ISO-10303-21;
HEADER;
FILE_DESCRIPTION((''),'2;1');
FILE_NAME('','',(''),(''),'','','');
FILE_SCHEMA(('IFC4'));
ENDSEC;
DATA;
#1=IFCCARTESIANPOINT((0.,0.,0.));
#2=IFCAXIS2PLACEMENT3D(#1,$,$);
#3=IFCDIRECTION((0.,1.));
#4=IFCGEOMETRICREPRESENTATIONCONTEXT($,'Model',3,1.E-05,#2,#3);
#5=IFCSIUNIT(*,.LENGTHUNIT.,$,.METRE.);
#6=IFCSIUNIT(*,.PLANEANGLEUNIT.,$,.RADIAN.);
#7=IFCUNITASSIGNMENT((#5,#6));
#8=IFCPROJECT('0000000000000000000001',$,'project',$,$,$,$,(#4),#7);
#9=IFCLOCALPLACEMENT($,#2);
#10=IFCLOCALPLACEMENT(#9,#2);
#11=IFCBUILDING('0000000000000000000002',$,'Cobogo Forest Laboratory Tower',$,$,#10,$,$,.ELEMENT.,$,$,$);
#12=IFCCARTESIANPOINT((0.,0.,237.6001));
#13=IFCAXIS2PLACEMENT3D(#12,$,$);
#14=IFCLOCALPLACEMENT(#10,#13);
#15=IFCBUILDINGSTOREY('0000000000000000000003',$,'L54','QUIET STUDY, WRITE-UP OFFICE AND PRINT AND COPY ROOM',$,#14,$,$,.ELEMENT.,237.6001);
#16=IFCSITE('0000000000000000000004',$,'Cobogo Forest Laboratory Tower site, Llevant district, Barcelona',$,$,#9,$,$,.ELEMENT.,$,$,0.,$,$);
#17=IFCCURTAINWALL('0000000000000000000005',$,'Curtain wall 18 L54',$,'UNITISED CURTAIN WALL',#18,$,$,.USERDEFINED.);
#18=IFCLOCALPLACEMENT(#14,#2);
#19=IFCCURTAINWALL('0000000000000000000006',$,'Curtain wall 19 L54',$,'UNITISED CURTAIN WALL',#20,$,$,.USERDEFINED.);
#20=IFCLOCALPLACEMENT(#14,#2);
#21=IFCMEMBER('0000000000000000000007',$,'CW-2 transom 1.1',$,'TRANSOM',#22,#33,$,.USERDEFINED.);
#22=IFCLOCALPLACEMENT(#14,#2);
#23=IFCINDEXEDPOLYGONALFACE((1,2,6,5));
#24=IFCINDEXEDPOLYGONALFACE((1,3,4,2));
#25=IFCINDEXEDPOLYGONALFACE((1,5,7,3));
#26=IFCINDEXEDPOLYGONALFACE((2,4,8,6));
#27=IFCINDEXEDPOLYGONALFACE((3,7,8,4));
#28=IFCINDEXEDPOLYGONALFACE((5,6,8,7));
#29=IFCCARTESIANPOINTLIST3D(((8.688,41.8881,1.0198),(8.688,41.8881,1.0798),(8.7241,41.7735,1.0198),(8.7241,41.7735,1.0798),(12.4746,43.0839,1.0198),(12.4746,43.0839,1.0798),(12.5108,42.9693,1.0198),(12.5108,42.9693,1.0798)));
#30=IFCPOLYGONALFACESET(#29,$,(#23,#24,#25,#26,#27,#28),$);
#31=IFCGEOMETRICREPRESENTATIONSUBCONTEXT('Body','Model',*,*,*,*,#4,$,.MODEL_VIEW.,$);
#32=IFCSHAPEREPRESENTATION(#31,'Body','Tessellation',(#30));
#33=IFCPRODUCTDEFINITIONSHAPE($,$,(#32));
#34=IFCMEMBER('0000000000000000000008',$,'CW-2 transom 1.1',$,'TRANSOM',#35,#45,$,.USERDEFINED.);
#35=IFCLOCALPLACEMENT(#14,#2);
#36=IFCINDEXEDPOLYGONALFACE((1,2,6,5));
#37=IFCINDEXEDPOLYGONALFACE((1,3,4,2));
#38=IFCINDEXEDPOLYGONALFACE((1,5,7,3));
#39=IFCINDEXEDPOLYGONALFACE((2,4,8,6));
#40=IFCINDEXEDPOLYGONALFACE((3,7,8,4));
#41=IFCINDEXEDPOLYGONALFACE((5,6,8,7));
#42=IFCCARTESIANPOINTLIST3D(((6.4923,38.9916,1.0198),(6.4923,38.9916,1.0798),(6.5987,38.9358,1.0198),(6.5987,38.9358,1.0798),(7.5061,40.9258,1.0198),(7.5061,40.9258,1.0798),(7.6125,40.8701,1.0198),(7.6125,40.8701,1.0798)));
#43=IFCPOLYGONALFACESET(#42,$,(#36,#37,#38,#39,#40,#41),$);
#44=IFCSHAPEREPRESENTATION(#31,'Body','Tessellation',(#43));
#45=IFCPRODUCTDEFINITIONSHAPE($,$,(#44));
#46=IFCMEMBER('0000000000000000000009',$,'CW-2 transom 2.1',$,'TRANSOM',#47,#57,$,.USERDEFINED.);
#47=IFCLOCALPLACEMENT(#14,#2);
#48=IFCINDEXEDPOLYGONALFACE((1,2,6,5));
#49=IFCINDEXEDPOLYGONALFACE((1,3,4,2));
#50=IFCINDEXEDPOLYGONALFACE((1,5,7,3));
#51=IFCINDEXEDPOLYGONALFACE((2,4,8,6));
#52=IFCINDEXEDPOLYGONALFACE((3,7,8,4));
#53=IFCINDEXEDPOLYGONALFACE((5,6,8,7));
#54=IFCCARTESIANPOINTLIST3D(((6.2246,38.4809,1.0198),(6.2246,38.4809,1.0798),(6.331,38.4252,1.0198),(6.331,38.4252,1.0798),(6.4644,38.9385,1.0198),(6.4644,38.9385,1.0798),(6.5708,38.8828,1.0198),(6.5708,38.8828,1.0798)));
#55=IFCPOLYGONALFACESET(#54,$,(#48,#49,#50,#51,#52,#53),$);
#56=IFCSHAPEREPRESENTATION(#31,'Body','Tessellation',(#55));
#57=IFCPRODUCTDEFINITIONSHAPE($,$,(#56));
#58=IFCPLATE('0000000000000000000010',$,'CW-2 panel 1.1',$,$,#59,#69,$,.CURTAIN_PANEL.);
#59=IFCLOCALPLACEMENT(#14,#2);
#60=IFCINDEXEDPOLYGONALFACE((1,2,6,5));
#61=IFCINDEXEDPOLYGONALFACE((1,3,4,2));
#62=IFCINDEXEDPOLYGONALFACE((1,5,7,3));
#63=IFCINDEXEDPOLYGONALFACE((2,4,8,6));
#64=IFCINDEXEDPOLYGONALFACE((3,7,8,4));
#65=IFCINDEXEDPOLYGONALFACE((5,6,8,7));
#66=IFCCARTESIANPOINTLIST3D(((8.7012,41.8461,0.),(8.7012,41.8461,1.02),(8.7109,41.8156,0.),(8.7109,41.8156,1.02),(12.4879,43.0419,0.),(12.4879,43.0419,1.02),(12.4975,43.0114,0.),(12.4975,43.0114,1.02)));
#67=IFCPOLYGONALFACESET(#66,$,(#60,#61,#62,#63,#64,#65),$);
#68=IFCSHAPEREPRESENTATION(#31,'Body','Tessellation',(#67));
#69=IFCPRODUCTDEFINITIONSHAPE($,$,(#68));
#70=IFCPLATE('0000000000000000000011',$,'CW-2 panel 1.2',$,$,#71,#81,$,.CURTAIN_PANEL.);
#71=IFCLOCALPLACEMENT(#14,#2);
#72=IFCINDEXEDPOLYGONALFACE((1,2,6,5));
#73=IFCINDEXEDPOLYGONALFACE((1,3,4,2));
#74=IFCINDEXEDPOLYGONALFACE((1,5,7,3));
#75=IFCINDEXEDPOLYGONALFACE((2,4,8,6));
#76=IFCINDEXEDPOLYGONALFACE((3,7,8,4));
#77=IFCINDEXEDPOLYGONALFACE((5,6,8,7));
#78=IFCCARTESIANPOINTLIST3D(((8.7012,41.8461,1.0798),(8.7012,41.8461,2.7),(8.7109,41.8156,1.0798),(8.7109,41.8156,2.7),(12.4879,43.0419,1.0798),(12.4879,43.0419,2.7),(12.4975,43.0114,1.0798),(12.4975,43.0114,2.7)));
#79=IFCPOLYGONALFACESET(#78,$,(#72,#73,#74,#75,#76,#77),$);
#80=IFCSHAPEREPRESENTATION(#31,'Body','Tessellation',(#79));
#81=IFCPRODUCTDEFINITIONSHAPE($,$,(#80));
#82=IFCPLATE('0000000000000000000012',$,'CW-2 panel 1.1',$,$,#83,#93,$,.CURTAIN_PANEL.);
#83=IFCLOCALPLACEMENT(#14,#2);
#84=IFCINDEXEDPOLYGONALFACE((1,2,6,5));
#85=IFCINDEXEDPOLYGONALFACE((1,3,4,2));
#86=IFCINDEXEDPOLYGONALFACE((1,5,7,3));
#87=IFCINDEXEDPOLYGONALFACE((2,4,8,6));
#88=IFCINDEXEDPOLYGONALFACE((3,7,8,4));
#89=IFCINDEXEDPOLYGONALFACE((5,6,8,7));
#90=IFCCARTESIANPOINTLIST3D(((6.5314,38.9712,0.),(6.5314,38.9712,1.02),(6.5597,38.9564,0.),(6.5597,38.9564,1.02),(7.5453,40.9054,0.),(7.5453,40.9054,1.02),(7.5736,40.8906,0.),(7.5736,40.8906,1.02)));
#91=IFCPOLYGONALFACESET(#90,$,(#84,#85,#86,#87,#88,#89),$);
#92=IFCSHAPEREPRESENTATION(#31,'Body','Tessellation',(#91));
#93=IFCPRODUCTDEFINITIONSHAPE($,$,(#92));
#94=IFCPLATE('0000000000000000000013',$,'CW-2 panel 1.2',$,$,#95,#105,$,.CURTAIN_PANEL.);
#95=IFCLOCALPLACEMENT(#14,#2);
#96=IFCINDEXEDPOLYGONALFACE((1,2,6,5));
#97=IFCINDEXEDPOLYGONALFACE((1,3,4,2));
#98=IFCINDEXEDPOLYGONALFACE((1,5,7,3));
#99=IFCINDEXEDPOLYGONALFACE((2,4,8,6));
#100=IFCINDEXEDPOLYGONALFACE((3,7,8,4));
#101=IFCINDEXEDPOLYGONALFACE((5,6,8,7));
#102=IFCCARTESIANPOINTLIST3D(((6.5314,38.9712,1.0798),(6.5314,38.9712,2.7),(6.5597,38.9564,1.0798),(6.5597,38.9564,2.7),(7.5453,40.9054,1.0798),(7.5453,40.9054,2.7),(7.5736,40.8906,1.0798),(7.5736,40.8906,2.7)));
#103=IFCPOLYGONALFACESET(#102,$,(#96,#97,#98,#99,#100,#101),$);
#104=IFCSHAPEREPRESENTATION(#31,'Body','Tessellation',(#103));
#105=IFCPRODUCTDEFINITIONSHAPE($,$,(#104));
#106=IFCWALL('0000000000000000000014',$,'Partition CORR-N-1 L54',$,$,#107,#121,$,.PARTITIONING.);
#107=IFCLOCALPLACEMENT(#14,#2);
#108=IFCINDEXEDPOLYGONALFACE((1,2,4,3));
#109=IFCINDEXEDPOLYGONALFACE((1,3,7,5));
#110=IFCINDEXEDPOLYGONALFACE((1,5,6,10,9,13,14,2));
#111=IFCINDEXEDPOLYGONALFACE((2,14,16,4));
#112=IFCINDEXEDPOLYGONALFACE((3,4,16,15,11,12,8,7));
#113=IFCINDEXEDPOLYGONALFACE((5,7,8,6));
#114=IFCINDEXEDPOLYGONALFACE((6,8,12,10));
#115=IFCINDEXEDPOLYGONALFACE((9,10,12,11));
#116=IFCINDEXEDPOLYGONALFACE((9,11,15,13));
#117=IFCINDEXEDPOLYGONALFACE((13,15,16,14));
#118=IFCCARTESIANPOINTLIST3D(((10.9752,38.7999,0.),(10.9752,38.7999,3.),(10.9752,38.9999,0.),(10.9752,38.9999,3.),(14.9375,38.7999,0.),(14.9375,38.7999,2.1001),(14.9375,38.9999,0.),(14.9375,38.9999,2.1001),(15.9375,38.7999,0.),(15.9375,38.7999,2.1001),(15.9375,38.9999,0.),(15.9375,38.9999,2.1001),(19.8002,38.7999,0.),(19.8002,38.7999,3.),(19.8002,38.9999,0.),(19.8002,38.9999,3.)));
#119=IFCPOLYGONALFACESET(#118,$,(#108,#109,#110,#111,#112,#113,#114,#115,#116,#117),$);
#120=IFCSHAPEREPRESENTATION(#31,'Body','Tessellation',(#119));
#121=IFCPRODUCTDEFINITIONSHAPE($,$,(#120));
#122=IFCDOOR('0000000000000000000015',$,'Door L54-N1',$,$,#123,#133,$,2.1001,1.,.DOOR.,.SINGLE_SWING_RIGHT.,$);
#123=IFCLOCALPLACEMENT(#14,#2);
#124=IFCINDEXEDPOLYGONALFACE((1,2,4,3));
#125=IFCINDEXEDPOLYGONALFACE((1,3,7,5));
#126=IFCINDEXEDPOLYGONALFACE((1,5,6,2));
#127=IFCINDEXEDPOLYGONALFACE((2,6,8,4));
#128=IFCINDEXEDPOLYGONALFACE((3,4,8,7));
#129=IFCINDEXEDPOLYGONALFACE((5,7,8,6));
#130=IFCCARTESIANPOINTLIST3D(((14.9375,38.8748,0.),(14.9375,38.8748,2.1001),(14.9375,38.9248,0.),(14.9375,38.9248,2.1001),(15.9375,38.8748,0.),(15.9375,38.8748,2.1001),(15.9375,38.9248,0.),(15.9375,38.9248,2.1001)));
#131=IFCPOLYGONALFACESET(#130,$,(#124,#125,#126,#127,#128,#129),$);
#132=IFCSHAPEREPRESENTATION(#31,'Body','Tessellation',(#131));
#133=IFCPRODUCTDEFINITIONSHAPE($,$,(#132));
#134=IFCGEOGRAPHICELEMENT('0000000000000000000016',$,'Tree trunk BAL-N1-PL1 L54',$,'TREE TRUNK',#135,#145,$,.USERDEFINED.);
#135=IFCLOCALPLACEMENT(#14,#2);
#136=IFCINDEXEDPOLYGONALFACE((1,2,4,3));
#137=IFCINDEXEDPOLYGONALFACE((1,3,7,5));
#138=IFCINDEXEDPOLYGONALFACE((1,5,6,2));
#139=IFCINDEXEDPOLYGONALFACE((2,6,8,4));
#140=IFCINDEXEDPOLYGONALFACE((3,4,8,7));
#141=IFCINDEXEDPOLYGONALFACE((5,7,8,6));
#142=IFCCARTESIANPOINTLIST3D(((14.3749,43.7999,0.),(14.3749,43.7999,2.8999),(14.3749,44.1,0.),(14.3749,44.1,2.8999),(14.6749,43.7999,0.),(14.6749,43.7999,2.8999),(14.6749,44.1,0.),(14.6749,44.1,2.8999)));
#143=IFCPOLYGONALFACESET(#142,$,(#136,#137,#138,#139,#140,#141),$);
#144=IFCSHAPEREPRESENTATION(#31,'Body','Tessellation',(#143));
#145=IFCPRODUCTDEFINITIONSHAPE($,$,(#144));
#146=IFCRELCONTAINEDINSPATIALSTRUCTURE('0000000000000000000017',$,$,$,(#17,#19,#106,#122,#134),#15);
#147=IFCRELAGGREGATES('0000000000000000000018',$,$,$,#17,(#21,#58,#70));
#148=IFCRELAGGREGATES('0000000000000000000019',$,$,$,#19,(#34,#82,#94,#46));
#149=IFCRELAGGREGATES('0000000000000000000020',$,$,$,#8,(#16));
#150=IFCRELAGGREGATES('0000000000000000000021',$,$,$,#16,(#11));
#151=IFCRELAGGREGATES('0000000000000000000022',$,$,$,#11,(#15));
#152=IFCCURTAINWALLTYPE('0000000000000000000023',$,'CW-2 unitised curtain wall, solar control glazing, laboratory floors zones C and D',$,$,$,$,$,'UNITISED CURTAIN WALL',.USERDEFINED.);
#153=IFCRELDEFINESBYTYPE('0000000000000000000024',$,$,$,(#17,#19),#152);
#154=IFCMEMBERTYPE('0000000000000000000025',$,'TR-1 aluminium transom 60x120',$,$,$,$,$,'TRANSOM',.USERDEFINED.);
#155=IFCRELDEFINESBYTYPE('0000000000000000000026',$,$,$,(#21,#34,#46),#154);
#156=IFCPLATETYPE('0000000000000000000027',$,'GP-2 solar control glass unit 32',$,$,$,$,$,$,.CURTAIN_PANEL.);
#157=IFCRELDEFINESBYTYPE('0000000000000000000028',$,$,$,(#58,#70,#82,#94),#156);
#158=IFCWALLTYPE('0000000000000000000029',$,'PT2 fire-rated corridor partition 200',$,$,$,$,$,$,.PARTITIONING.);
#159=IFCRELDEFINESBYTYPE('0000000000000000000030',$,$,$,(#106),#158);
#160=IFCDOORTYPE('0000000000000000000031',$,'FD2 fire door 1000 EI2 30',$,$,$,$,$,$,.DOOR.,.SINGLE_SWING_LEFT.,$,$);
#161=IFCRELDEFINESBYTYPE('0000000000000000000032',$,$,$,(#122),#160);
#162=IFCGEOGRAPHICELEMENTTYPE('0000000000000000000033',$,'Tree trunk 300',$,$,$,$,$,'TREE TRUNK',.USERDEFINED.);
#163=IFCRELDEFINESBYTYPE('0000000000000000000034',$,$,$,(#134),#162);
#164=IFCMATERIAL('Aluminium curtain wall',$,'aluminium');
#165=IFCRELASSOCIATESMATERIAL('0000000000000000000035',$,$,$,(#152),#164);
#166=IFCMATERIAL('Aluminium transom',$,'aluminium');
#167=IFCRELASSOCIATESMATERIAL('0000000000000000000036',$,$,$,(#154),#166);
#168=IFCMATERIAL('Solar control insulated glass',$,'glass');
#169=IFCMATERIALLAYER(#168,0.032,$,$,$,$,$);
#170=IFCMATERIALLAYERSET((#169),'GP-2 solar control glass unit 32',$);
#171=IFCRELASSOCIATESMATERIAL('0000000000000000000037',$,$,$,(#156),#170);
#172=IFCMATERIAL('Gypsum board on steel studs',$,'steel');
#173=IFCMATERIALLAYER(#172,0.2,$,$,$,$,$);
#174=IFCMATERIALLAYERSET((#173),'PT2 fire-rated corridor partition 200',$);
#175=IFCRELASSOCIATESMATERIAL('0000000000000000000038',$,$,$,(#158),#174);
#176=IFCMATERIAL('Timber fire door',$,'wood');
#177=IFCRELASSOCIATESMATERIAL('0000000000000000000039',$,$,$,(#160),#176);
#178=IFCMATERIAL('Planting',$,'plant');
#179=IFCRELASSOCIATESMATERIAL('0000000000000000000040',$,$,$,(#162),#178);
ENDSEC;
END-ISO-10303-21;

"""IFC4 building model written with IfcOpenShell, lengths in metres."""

from ifc_helpers import new_model, si_unit, direction, frame, frame_2d, origin, origin_2d, place, context, subcontext, project, spatial, rectangle, extrude, material, layer, layer_set, material_profile, profile_set, type_object, element, fill, aggregate, save


model = new_model("IFC4")

# Units and contexts
model_context = context("Model", 3, precision=1e-05, world=origin(), true_north=direction((0.0, 1.0)))
body_context = subcontext(model_context, "Body", "Model", "MODEL_VIEW")
ifc_project = project(units=[si_unit("LENGTHUNIT", "METRE"), si_unit("PLANEANGLEUNIT", "RADIAN")], contexts=[model_context])

# Site, building, storey
site_placement = place(None, origin())
site = spatial("IfcSite", under=ifc_project, at=site_placement, Name="Cobogo Forest Laboratory Tower site, Llevant district, Barcelona", CompositionType="ELEMENT", RefElevation=0.0)
building_placement = place(site_placement, origin())
building = spatial("IfcBuilding", under=site, at=building_placement, Name="Cobogo Forest Laboratory Tower", CompositionType="ELEMENT")
storey_placement = place(building_placement, frame((0.0, 0.0, 237.6001)))
storey = spatial("IfcBuildingStorey", under=building, at=storey_placement, Name="L54", Description="QUIET STUDY, WRITE-UP OFFICE AND PRINT AND COPY ROOM", CompositionType="ELEMENT", Elevation=237.6001)

# Curtain walls
ifc_material_1 = material(Name="Aluminium curtain wall", Category="aluminium")
curtain_wall_type = type_object("IfcCurtainWallType", Name="CW-2 unitised curtain wall, solar control glazing, laboratory floors zones C and D", ElementType="UNITISED CURTAIN WALL", PredefinedType="USERDEFINED", material=ifc_material_1)
curtain_wall_1_placement = place(storey_placement, origin())
curtain_wall_1 = element("IfcCurtainWall", 1, at=curtain_wall_1_placement, inside=storey, type_object=curtain_wall_type, Name="Curtain wall 18 L54", ObjectType="UNITISED CURTAIN WALL", PredefinedType="USERDEFINED")
curtain_wall_2_placement = place(storey_placement, origin())
curtain_wall_2 = element("IfcCurtainWall", 2, at=curtain_wall_2_placement, inside=storey, type_object=curtain_wall_type, Name="Curtain wall 19 L54", ObjectType="UNITISED CURTAIN WALL", PredefinedType="USERDEFINED")

# Members
ifc_material_2 = material(Name="Aluminium transom", Category="aluminium")
ifc_material_profile_1 = material_profile(ifc_material_2, rectangle(XDim=0.1201, YDim=0.0601, at=origin_2d()), Name="AL 60x120")
ifc_profile_set_1 = profile_set([ifc_material_profile_1], Name="Aluminium transom")
member_type_1 = type_object("IfcMemberType", Name="TR-1 aluminium transom 60x120", ElementType="TRANSOM", PredefinedType="USERDEFINED", material=ifc_profile_set_1)
member_1_placement = place(storey_placement, frame((12.4927, 43.0266, 1.0498), z_axis=(-0.953581, -0.301137, 0.0), x_axis=(0.301137, -0.953581, 0.0)))
member_1 = element("IfcMember", 3, at=member_1_placement, type_object=member_type_1, Name="CW-2 transom 1.1", ObjectType="TRANSOM", PredefinedType="USERDEFINED", context=body_context, shape_type="SweptSolid", body=[
    extrude(rectangle(XDim=0.1201, YDim=0.0601, at=origin_2d()), origin(), (0.0, 0.0, 1.0), 3.9709),
])
member_2_placement = place(storey_placement, frame((7.5593, 40.8979, 1.0498), z_axis=(-0.464258, -0.8857, 0.0), x_axis=(0.8857, -0.464258, 0.0)))
member_2 = element("IfcMember", 4, at=member_2_placement, type_object=member_type_1, Name="CW-2 transom 1.1", ObjectType="TRANSOM", PredefinedType="USERDEFINED", context=body_context, shape_type="SweptSolid", body=[
    extrude(rectangle(XDim=0.1201, YDim=0.0601, at=origin_2d()), origin(), (0.0, 0.0, 1.0), 2.1838),
])
member_3_placement = place(storey_placement, frame((6.5176, 38.9106, 1.0498), z_axis=(-0.464148, -0.885758, 0.0), x_axis=(0.885758, -0.464148, 0.0)))
member_3 = element("IfcMember", 5, at=member_3_placement, type_object=member_type_1, Name="CW-2 transom 2.1", ObjectType="TRANSOM", PredefinedType="USERDEFINED", context=body_context, shape_type="SweptSolid", body=[
    extrude(rectangle(XDim=0.1201, YDim=0.0601, at=origin_2d()), origin(), (0.0, 0.0, 1.0), 0.5166),
])

# Plates
ifc_material_3 = material(Name="Solar control insulated glass", Category="glass")
ifc_layer_1 = layer(ifc_material_3, 0.032)
ifc_layer_set_1 = layer_set([ifc_layer_1], Name="GP-2 solar control glass unit 32")
plate_type = type_object("IfcPlateType", Name="GP-2 solar control glass unit 32", PredefinedType="CURTAIN_PANEL", material=ifc_layer_set_1)
plate_1_placement = place(storey_placement, frame((10.5994, 42.4287, 0.0), z_axis=(0.0, 0.0, 1.0), x_axis=(-0.953581, -0.301136, 0.0)))
plate_1 = element("IfcPlate", 6, at=plate_1_placement, type_object=plate_type, Name="CW-2 panel 1.1", PredefinedType="CURTAIN_PANEL", context=body_context, shape_type="SweptSolid", body=[
    extrude(rectangle(XDim=3.9709, YDim=0.032, at=origin_2d()), origin(), (0.0, 0.0, 1.0), 1.02),
])
plate_2_placement = place(storey_placement, frame((10.5994, 42.4287, 1.0798), z_axis=(0.0, 0.0, 1.0), x_axis=(-0.953581, -0.301136, 0.0)))
plate_2 = element("IfcPlate", 7, at=plate_2_placement, type_object=plate_type, Name="CW-2 panel 1.2", PredefinedType="CURTAIN_PANEL", context=body_context, shape_type="SweptSolid", body=[
    extrude(rectangle(XDim=3.9709, YDim=0.032, at=origin_2d()), origin(), (0.0, 0.0, 1.0), 1.6201),
])
aggregate(curtain_wall_1, [member_1, plate_1, plate_2])
plate_3_placement = place(storey_placement, frame((7.0525, 39.9309, 0.0), z_axis=(0.0, 0.0, 1.0), x_axis=(-0.464284, -0.885686, 0.0)))
plate_3 = element("IfcPlate", 8, at=plate_3_placement, type_object=plate_type, Name="CW-2 panel 1.1", PredefinedType="CURTAIN_PANEL", context=body_context, shape_type="SweptSolid", body=[
    extrude(rectangle(XDim=2.1838, YDim=0.032, at=origin_2d()), origin(), (0.0, 0.0, 1.0), 1.02),
])
plate_4_placement = place(storey_placement, frame((7.0525, 39.9309, 1.0798), z_axis=(0.0, 0.0, 1.0), x_axis=(-0.464284, -0.885686, 0.0)))
plate_4 = element("IfcPlate", 9, at=plate_4_placement, type_object=plate_type, Name="CW-2 panel 1.2", PredefinedType="CURTAIN_PANEL", context=body_context, shape_type="SweptSolid", body=[
    extrude(rectangle(XDim=2.1838, YDim=0.032, at=origin_2d()), origin(), (0.0, 0.0, 1.0), 1.6201),
])
aggregate(curtain_wall_2, [member_2, plate_3, plate_4, member_3])

# Wall, opening, door
ifc_material_4 = material(Name="Gypsum board on steel studs", Category="steel")
ifc_layer_2 = layer(ifc_material_4, 0.2)
ifc_layer_set_2 = layer_set([ifc_layer_2], Name="PT2 fire-rated corridor partition 200")
wall_type_1 = type_object("IfcWallType", Name="PT2 fire-rated corridor partition 200", PredefinedType="PARTITIONING", material=ifc_layer_set_2)
wall_1_placement = place(storey_placement, frame((10.9751, 38.8999, 0.0), z_axis=(0.0, 0.0, 1.0), x_axis=(1.0, 0.0, 0.0)))
wall_1 = element("IfcWall", 10, at=wall_1_placement, inside=storey, type_object=wall_type_1, Name="Partition CORR-N-1 L54", PredefinedType="PARTITIONING", context=body_context, shape_type="SweptSolid", body=[
    extrude(rectangle(XDim=8.825, YDim=0.2, at=frame_2d((4.4126, 0.0))), origin(), (0.0, 0.0, 1.0), 3.0),
])
opening_1_placement = place(wall_1_placement, frame((3.9624, 0.0, 0.0)))
opening_1 = element("IfcOpeningElement", 11, at=opening_1_placement, cuts=wall_1, PredefinedType="OPENING", context=body_context, shape_type="SweptSolid", body=[
    extrude(rectangle(XDim=1.0, YDim=2.1001, at=frame_2d((0.5, 1.05))), frame((0.0, 0.1099, 0.0), z_axis=(0.0, -1.0, 0.0), x_axis=(1.0, 0.0, 0.0)), (0.0, 0.0, 1.0), 0.22),
])
ifc_material_5 = material(Name="Timber fire door", Category="wood")
door_type_1 = type_object("IfcDoorType", Name="FD2 fire door 1000 EI2 30", OperationType="SINGLE_SWING_LEFT", PredefinedType="DOOR", material=ifc_material_5)
door_1_placement = place(opening_1_placement, origin())
door_1 = element("IfcDoor", 12, at=door_1_placement, inside=storey, type_object=door_type_1, Name="Door L54-N1", OperationType="SINGLE_SWING_RIGHT", OverallHeight=2.1001, OverallWidth=1.0, PredefinedType="DOOR", context=body_context, shape_type="SweptSolid", body=[
    extrude(rectangle(XDim=1.0, YDim=2.1001, at=frame_2d((0.5, 1.05))), frame((0.0, 0.0249, 0.0), z_axis=(0.0, -1.0, 0.0), x_axis=(1.0, 0.0, 0.0)), (0.0, 0.0, 1.0), 0.05),
])
fill(opening_1, door_1)

# Geographic element
ifc_material_6 = material(Name="Planting", Category="plant")
geographic_element_type = type_object("IfcGeographicElementType", Name="Tree trunk 300", ElementType="TREE TRUNK", PredefinedType="USERDEFINED", material=ifc_material_6)
geographic_element_placement = place(storey_placement, frame((14.5249, 43.95, 0.0), z_axis=(0.0, 0.0, 1.0), x_axis=(1.0, 0.0, 0.0)))
element("IfcGeographicElement", 13, at=geographic_element_placement, inside=storey, type_object=geographic_element_type, Name="Tree trunk BAL-N1-PL1 L54", ObjectType="TREE TRUNK", PredefinedType="USERDEFINED", context=body_context, shape_type="SweptSolid", body=[
    extrude(rectangle(XDim=0.3, YDim=0.3, at=origin_2d()), origin(), (0.0, 0.0, 1.0), 2.8999),
])

save(model, "model.ifc")
